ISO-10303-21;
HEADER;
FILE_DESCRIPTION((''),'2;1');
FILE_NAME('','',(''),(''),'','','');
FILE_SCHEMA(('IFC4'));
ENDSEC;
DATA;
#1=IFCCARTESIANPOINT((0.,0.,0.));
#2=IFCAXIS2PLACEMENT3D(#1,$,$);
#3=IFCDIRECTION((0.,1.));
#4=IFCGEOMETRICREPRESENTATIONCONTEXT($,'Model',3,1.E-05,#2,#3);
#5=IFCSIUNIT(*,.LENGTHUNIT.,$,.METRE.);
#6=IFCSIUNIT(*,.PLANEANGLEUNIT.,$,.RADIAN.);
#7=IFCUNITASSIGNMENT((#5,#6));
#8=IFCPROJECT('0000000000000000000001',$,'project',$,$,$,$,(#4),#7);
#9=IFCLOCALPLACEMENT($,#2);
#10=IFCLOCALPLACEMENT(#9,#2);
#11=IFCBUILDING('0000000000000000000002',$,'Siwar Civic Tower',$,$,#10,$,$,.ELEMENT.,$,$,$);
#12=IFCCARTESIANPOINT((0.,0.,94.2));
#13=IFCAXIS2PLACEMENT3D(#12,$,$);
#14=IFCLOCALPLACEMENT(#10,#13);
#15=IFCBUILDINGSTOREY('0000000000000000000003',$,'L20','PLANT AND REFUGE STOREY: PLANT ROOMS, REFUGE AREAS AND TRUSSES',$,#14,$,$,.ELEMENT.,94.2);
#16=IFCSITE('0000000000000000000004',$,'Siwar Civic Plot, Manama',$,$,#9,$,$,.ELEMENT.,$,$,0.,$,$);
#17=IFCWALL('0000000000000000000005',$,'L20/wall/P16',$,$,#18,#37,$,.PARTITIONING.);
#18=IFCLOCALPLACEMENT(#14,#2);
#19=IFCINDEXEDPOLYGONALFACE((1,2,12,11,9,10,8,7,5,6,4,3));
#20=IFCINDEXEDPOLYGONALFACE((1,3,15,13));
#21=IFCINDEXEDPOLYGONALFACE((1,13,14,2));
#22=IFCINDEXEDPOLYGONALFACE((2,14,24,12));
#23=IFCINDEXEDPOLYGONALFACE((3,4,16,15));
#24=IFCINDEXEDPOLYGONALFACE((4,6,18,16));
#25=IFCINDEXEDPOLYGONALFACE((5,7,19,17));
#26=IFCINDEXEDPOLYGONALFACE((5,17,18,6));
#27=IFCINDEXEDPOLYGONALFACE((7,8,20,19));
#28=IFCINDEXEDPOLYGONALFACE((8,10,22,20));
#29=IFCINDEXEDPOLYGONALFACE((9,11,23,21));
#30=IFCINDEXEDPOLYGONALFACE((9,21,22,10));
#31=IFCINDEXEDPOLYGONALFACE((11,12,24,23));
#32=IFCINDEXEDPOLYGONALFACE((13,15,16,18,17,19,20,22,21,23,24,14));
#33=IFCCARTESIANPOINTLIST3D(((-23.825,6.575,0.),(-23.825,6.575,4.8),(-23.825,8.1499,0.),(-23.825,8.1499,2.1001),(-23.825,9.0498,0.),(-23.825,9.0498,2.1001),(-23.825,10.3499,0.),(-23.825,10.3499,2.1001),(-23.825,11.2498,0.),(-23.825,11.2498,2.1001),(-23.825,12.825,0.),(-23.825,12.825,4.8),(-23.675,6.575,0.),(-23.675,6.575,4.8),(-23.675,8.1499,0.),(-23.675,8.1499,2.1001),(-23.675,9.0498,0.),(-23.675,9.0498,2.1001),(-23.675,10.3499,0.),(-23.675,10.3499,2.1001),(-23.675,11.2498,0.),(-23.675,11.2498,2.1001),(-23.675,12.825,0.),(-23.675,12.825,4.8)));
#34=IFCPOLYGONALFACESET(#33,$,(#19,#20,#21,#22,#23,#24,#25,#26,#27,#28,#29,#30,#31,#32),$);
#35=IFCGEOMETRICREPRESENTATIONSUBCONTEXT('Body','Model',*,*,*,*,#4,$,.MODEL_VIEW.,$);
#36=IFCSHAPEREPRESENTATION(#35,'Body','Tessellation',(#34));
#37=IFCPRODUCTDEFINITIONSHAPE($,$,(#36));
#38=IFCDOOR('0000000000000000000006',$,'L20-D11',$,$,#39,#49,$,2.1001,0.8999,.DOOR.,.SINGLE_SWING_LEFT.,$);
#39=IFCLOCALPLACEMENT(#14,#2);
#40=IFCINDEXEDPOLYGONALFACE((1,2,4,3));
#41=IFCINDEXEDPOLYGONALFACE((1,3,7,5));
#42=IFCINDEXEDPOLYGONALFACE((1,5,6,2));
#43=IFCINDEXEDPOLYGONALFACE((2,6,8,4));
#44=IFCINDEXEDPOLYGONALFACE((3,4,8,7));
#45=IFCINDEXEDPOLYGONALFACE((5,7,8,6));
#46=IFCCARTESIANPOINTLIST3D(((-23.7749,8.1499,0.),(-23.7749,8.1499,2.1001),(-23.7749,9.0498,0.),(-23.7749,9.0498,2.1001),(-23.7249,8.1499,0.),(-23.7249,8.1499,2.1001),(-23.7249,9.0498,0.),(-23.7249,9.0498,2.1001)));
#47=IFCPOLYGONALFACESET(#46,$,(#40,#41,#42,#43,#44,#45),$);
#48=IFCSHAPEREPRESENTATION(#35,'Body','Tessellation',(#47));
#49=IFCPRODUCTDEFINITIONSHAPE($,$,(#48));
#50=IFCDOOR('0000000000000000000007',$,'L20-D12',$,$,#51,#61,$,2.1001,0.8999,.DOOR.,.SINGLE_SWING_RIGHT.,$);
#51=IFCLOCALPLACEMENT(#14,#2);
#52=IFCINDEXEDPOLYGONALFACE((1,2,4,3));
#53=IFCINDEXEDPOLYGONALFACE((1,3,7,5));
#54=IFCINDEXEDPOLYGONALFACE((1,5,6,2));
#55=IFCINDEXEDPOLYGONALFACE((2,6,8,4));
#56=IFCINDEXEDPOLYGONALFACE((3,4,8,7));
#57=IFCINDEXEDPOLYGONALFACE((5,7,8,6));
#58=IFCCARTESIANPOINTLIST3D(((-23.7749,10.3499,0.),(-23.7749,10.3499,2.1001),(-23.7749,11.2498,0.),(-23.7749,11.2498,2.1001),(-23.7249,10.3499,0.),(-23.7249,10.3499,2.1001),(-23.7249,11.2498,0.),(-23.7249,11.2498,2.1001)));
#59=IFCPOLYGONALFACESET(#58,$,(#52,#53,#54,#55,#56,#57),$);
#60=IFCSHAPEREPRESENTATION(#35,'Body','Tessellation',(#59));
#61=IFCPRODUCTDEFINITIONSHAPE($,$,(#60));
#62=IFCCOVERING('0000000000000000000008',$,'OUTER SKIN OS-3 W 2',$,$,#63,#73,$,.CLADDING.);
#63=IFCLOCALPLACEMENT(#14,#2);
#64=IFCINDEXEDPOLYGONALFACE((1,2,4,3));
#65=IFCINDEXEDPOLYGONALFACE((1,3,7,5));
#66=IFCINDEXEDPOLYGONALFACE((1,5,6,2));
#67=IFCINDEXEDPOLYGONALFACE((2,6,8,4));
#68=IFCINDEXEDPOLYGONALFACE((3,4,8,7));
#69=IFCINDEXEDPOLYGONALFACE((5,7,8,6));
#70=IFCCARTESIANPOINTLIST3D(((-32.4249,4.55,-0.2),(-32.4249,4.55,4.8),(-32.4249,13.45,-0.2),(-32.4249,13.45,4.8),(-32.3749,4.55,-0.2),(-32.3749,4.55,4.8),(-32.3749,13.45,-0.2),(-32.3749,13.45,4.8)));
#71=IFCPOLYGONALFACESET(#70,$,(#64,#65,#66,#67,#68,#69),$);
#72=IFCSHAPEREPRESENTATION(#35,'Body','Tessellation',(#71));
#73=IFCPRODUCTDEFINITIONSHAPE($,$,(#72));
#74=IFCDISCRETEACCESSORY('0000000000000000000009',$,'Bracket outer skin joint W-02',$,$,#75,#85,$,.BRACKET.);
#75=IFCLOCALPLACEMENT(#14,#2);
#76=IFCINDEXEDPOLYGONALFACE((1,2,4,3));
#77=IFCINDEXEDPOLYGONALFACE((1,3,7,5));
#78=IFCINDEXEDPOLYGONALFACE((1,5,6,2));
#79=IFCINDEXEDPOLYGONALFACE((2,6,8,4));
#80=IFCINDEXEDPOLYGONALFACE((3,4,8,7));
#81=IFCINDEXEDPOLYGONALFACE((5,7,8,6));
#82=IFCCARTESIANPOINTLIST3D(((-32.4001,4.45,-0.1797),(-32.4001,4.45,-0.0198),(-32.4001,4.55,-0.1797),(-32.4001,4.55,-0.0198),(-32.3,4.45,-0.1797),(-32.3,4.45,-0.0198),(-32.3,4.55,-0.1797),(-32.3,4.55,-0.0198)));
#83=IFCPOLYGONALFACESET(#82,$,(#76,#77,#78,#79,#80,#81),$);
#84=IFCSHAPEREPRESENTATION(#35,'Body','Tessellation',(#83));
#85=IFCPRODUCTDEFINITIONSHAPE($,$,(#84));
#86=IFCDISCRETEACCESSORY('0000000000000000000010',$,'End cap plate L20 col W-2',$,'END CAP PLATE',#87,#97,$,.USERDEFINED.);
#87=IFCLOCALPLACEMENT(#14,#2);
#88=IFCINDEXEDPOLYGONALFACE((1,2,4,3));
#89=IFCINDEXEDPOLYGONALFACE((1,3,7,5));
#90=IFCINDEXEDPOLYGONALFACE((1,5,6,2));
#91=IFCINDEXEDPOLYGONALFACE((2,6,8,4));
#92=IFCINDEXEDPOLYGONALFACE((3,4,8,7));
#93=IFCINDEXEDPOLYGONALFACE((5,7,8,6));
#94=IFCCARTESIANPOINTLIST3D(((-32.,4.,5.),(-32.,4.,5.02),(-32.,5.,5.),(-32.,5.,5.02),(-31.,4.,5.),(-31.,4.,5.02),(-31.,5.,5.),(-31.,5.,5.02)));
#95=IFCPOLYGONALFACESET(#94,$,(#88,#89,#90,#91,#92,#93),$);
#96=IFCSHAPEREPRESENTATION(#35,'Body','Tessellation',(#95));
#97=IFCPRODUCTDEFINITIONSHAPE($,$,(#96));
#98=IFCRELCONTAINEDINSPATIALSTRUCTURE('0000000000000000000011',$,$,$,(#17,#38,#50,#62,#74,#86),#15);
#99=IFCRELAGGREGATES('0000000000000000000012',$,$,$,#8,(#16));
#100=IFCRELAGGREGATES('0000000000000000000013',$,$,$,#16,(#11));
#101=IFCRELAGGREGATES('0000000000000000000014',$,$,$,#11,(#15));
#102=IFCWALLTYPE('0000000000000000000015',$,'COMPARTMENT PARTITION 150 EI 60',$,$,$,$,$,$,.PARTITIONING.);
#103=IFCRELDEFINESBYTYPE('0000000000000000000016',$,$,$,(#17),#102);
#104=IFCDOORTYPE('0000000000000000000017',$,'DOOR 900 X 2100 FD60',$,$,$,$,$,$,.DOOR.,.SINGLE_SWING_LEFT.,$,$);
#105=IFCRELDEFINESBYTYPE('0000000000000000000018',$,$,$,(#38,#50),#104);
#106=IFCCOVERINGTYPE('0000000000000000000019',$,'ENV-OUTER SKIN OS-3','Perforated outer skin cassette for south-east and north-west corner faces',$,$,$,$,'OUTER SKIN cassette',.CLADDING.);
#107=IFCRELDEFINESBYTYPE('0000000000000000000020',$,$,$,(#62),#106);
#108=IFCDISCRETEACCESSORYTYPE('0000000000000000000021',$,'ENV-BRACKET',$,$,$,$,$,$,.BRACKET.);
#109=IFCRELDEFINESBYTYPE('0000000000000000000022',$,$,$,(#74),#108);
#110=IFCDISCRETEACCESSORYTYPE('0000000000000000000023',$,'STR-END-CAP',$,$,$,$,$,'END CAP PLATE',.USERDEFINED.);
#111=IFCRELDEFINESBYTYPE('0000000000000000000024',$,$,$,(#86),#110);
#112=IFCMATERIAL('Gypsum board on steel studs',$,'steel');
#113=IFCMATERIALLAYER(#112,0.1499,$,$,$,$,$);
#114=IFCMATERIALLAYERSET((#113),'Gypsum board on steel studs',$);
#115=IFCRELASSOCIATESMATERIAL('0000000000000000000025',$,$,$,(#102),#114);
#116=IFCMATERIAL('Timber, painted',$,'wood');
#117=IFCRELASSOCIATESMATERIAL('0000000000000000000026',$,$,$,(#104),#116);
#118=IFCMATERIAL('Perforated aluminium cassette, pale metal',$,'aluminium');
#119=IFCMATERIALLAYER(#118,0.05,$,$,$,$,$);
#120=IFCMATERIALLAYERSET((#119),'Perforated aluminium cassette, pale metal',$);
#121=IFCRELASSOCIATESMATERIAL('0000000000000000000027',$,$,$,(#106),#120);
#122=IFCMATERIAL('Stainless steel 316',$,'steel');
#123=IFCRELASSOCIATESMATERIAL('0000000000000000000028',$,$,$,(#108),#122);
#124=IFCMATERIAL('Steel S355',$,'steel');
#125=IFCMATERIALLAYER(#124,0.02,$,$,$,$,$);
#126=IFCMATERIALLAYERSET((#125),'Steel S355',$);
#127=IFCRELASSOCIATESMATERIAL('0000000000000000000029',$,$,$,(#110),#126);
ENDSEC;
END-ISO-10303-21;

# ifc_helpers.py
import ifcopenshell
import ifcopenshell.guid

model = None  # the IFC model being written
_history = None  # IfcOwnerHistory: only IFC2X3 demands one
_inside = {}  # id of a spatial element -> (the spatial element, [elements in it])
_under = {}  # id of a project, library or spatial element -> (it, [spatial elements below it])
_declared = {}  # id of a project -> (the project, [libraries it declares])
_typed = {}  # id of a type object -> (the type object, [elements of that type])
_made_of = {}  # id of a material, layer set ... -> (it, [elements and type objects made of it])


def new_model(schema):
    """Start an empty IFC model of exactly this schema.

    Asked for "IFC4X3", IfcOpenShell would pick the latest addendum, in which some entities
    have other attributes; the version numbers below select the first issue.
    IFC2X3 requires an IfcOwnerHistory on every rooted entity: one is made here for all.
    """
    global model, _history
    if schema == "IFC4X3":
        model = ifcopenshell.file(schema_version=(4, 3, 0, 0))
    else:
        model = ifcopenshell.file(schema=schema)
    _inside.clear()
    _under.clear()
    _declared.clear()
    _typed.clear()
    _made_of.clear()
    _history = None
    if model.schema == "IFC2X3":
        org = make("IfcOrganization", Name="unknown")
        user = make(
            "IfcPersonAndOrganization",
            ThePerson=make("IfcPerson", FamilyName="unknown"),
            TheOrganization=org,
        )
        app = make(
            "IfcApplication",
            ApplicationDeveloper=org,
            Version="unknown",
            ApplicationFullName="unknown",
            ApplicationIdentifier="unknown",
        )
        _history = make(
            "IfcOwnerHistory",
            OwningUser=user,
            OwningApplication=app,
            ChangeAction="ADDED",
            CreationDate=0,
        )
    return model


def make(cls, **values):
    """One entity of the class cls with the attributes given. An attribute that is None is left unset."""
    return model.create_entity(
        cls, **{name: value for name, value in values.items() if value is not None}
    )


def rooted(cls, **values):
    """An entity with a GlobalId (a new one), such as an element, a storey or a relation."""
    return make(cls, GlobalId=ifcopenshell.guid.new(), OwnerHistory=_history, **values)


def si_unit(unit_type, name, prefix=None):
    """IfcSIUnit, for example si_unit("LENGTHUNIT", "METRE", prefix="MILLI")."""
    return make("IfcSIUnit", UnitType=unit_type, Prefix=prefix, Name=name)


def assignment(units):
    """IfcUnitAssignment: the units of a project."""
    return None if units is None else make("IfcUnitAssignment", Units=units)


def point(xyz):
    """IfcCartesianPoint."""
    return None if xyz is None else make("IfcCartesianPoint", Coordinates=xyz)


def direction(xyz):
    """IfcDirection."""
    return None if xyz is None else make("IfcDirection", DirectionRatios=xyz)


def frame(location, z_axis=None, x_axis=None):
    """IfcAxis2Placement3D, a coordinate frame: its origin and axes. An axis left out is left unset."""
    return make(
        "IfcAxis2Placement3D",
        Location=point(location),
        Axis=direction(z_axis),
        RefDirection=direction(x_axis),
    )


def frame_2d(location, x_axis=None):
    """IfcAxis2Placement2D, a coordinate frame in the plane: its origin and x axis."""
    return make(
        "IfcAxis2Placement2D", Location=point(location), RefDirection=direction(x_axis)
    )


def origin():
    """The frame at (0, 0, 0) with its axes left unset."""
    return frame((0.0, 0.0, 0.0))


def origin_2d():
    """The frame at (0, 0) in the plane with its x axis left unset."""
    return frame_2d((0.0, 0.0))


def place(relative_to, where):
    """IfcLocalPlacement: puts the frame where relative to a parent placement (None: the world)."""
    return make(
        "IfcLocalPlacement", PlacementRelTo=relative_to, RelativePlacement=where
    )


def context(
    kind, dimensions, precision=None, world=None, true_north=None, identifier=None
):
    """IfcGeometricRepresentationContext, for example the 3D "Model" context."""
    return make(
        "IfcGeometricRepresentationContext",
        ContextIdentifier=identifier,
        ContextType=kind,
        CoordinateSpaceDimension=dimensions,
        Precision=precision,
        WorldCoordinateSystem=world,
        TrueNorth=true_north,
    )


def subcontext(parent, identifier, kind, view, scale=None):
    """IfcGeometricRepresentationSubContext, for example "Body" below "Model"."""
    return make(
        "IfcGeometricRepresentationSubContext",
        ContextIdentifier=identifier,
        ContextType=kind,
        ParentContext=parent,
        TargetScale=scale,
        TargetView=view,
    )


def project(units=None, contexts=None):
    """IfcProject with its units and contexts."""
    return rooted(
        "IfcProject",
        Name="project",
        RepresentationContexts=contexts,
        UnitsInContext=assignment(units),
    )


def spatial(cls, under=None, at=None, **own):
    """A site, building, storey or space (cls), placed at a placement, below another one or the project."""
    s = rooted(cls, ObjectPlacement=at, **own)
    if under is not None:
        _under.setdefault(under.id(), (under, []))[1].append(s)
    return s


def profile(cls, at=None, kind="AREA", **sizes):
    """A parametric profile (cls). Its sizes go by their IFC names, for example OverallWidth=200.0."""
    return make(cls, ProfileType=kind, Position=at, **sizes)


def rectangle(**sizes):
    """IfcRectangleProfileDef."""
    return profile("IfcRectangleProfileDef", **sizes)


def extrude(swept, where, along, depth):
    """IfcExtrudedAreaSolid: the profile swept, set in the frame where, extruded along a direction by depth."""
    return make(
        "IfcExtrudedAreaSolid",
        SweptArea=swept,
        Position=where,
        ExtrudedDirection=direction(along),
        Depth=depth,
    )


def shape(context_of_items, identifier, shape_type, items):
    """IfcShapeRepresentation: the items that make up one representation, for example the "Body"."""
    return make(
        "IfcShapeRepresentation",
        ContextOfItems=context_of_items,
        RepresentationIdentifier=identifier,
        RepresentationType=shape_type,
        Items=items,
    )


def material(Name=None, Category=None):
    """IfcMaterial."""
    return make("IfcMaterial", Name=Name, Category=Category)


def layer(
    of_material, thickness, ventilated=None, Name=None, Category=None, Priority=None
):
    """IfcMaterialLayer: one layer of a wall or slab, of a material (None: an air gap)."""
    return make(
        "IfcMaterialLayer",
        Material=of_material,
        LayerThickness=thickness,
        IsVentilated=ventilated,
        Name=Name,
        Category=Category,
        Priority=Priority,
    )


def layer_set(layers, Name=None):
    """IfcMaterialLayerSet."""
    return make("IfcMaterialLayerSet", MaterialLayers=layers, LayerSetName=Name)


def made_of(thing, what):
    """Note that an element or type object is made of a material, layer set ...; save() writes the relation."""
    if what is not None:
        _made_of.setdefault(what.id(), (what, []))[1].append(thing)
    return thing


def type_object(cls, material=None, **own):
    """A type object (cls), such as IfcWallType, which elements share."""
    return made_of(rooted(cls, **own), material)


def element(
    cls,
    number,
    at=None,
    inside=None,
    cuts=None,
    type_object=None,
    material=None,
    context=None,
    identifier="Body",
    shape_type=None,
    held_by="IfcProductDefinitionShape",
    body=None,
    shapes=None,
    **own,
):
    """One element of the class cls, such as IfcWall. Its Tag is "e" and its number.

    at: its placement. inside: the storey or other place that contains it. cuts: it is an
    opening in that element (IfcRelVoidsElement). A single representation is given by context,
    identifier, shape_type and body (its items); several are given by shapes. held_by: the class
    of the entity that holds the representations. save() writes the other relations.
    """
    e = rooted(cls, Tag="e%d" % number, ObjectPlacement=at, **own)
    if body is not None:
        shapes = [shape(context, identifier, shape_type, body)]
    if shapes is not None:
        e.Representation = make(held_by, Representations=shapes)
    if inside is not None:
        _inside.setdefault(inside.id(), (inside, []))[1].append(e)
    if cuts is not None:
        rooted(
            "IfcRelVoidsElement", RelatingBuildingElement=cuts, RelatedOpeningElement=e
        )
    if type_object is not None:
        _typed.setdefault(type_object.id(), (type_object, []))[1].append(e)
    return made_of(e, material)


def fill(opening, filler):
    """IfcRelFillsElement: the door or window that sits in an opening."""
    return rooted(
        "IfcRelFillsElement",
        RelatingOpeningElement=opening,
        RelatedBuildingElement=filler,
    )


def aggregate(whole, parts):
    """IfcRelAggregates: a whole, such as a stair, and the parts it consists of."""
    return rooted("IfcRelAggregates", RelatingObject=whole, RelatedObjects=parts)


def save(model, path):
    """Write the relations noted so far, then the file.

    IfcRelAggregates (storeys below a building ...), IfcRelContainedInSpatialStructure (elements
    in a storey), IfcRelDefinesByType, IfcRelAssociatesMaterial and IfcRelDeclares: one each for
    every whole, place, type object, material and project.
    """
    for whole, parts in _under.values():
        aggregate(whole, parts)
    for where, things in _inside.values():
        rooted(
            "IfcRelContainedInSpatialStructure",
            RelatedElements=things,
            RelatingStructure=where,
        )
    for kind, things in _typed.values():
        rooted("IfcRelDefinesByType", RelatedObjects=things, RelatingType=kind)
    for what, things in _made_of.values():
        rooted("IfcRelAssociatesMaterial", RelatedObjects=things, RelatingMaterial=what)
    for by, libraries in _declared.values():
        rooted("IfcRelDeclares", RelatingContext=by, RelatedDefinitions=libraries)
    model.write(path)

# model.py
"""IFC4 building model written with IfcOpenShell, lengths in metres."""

from ifc_helpers import new_model, si_unit, direction, frame, frame_2d, origin, origin_2d, place, context, subcontext, project, spatial, rectangle, extrude, material, layer, layer_set, type_object, element, fill, save


model = new_model("IFC4")

# Units and contexts
model_context = context("Model", 3, precision=1e-05, world=origin(), true_north=direction((0.0, 1.0)))
body_context = subcontext(model_context, "Body", "Model", "MODEL_VIEW")
ifc_project = project(units=[si_unit("LENGTHUNIT", "METRE"), si_unit("PLANEANGLEUNIT", "RADIAN")], contexts=[model_context])

# Site, building, storey
site_placement = place(None, origin())
site = spatial("IfcSite", under=ifc_project, at=site_placement, Name="Siwar Civic Plot, Manama", CompositionType="ELEMENT", RefElevation=0.0)
building_placement = place(site_placement, origin())
building = spatial("IfcBuilding", under=site, at=building_placement, Name="Siwar Civic Tower", CompositionType="ELEMENT")
storey_placement = place(building_placement, frame((0.0, 0.0, 94.2)))
storey = spatial("IfcBuildingStorey", under=building, at=storey_placement, Name="L20", Description="PLANT AND REFUGE STOREY: PLANT ROOMS, REFUGE AREAS AND TRUSSES", CompositionType="ELEMENT", Elevation=94.2)

# Shared definitions
ifc_material_1 = material(Name="Gypsum board on steel studs", Category="steel")
ifc_layer_1 = layer(ifc_material_1, 0.1499)
ifc_layer_set_1 = layer_set([ifc_layer_1], Name="Gypsum board on steel studs")
wall_type = type_object("IfcWallType", Name="COMPARTMENT PARTITION 150 EI 60", PredefinedType="PARTITIONING", material=ifc_layer_set_1)

# Wall, openings, doors
wall_1_placement = place(storey_placement, frame((-23.75, 6.575, 0.0), z_axis=(0.0, 0.0, 1.0), x_axis=(0.0, 1.0, 0.0)))
wall_1 = element("IfcWall", 1, at=wall_1_placement, inside=storey, type_object=wall_type, Name="L20/wall/P16", PredefinedType="PARTITIONING", context=body_context, shape_type="SweptSolid", body=[
    extrude(rectangle(XDim=6.25, YDim=0.1499, at=frame_2d((3.125, 0.0))), origin(), (0.0, 0.0, 1.0), 4.8),
])
opening_1_placement = place(wall_1_placement, frame((1.575, 0.0, 0.0)))
opening_1 = element("IfcOpeningElement", 2, at=opening_1_placement, cuts=wall_1, PredefinedType="OPENING", context=body_context, shape_type="SweptSolid", body=[
    extrude(rectangle(XDim=0.8999, YDim=2.1001, at=frame_2d((0.45, 1.05))), frame((0.0, 0.085, 0.0), z_axis=(0.0, -1.0, 0.0), x_axis=(1.0, 0.0, 0.0)), (0.0, 0.0, 1.0), 0.1699),
])
opening_2_placement = place(wall_1_placement, frame((3.7749, 0.0, 0.0)))
opening_2 = element("IfcOpeningElement", 3, at=opening_2_placement, cuts=wall_1, PredefinedType="OPENING", context=body_context, shape_type="SweptSolid", body=[
    extrude(rectangle(XDim=0.8999, YDim=2.1001, at=frame_2d((0.45, 1.05))), frame((0.0, 0.085, 0.0), z_axis=(0.0, -1.0, 0.0), x_axis=(1.0, 0.0, 0.0)), (0.0, 0.0, 1.0), 0.1699),
])
ifc_material_2 = material(Name="Timber, painted", Category="wood")
door_type_1 = type_object("IfcDoorType", Name="DOOR 900 X 2100 FD60", OperationType="SINGLE_SWING_LEFT", PredefinedType="DOOR", material=ifc_material_2)
door_1_placement = place(opening_1_placement, origin())
door_1 = element("IfcDoor", 4, at=door_1_placement, inside=storey, type_object=door_type_1, Name="L20-D11", OperationType="SINGLE_SWING_LEFT", OverallHeight=2.1001, OverallWidth=0.8999, PredefinedType="DOOR", context=body_context, shape_type="SweptSolid", body=[
    extrude(rectangle(XDim=0.8999, YDim=2.1001, at=frame_2d((0.45, 1.05))), frame((0.0, 0.0249, 0.0), z_axis=(0.0, -1.0, 0.0), x_axis=(1.0, 0.0, 0.0)), (0.0, 0.0, 1.0), 0.05),
])
fill(opening_1, door_1)
door_2_placement = place(opening_2_placement, origin())
door_2 = element("IfcDoor", 5, at=door_2_placement, inside=storey, type_object=door_type_1, Name="L20-D12", OperationType="SINGLE_SWING_RIGHT", OverallHeight=2.1001, OverallWidth=0.8999, PredefinedType="DOOR", context=body_context, shape_type="SweptSolid", body=[
    extrude(rectangle(XDim=0.8999, YDim=2.1001, at=frame_2d((0.45, 1.05))), frame((0.0, 0.0249, 0.0), z_axis=(0.0, -1.0, 0.0), x_axis=(1.0, 0.0, 0.0)), (0.0, 0.0, 1.0), 0.05),
])
fill(opening_2, door_2)

# Covering
ifc_material_3 = material(Name="Perforated aluminium cassette, pale metal", Category="aluminium")
ifc_layer_2 = layer(ifc_material_3, 0.05)
ifc_layer_set_2 = layer_set([ifc_layer_2], Name="Perforated aluminium cassette, pale metal")
covering_type = type_object("IfcCoveringType", Name="ENV-OUTER SKIN OS-3", Description="Perforated outer skin cassette for south-east and north-west corner faces", ElementType="OUTER SKIN cassette", PredefinedType="CLADDING", material=ifc_layer_set_2)
covering_placement = place(storey_placement, frame((-32.3999, 9.0, -0.2), z_axis=(0.0, 0.0, 1.0), x_axis=(0.0, -1.0, 0.0)))
element("IfcCovering", 6, at=covering_placement, inside=storey, type_object=covering_type, Name="OUTER SKIN OS-3 W 2", PredefinedType="CLADDING", context=body_context, shape_type="SweptSolid", body=[
    extrude(rectangle(XDim=8.8999, YDim=0.05, at=origin_2d()), origin(), (0.0, 0.0, 1.0), 5.0),
])

# Discrete accessories
ifc_material_4 = material(Name="Stainless steel 316", Category="steel")
discrete_accessory_type_1 = type_object("IfcDiscreteAccessoryType", Name="ENV-BRACKET", PredefinedType="BRACKET", material=ifc_material_4)
discrete_accessory_1_placement = place(storey_placement, frame((-32.3501, 4.5, -0.1797), z_axis=(0.0, 0.0, 1.0), x_axis=(-1.0, 0.0, 0.0)))
element("IfcDiscreteAccessory", 7, at=discrete_accessory_1_placement, inside=storey, type_object=discrete_accessory_type_1, Name="Bracket outer skin joint W-02", PredefinedType="BRACKET", context=body_context, shape_type="SweptSolid", body=[
    extrude(rectangle(XDim=0.1001, YDim=0.1001, at=origin_2d()), origin(), (0.0, 0.0, 1.0), 0.1599),
])
ifc_material_5 = material(Name="Steel S355", Category="steel")
ifc_layer_3 = layer(ifc_material_5, 0.02)
ifc_layer_set_3 = layer_set([ifc_layer_3], Name="Steel S355")
discrete_accessory_type_2 = type_object("IfcDiscreteAccessoryType", Name="STR-END-CAP", ElementType="END CAP PLATE", PredefinedType="USERDEFINED", material=ifc_layer_set_3)
discrete_accessory_2_placement = place(storey_placement, frame((-31.5, 4.5, 5.0), z_axis=(0.0, 0.0, 1.0), x_axis=(1.0, 0.0, 0.0)))
element("IfcDiscreteAccessory", 8, at=discrete_accessory_2_placement, inside=storey, type_object=discrete_accessory_type_2, Name="End cap plate L20 col W-2", ObjectType="END CAP PLATE", PredefinedType="USERDEFINED", context=body_context, shape_type="SweptSolid", body=[
    extrude(rectangle(XDim=1.0, YDim=1.0, at=origin_2d()), origin(), (0.0, 0.0, 1.0), 0.02),
])

save(model, "model.ifc")
